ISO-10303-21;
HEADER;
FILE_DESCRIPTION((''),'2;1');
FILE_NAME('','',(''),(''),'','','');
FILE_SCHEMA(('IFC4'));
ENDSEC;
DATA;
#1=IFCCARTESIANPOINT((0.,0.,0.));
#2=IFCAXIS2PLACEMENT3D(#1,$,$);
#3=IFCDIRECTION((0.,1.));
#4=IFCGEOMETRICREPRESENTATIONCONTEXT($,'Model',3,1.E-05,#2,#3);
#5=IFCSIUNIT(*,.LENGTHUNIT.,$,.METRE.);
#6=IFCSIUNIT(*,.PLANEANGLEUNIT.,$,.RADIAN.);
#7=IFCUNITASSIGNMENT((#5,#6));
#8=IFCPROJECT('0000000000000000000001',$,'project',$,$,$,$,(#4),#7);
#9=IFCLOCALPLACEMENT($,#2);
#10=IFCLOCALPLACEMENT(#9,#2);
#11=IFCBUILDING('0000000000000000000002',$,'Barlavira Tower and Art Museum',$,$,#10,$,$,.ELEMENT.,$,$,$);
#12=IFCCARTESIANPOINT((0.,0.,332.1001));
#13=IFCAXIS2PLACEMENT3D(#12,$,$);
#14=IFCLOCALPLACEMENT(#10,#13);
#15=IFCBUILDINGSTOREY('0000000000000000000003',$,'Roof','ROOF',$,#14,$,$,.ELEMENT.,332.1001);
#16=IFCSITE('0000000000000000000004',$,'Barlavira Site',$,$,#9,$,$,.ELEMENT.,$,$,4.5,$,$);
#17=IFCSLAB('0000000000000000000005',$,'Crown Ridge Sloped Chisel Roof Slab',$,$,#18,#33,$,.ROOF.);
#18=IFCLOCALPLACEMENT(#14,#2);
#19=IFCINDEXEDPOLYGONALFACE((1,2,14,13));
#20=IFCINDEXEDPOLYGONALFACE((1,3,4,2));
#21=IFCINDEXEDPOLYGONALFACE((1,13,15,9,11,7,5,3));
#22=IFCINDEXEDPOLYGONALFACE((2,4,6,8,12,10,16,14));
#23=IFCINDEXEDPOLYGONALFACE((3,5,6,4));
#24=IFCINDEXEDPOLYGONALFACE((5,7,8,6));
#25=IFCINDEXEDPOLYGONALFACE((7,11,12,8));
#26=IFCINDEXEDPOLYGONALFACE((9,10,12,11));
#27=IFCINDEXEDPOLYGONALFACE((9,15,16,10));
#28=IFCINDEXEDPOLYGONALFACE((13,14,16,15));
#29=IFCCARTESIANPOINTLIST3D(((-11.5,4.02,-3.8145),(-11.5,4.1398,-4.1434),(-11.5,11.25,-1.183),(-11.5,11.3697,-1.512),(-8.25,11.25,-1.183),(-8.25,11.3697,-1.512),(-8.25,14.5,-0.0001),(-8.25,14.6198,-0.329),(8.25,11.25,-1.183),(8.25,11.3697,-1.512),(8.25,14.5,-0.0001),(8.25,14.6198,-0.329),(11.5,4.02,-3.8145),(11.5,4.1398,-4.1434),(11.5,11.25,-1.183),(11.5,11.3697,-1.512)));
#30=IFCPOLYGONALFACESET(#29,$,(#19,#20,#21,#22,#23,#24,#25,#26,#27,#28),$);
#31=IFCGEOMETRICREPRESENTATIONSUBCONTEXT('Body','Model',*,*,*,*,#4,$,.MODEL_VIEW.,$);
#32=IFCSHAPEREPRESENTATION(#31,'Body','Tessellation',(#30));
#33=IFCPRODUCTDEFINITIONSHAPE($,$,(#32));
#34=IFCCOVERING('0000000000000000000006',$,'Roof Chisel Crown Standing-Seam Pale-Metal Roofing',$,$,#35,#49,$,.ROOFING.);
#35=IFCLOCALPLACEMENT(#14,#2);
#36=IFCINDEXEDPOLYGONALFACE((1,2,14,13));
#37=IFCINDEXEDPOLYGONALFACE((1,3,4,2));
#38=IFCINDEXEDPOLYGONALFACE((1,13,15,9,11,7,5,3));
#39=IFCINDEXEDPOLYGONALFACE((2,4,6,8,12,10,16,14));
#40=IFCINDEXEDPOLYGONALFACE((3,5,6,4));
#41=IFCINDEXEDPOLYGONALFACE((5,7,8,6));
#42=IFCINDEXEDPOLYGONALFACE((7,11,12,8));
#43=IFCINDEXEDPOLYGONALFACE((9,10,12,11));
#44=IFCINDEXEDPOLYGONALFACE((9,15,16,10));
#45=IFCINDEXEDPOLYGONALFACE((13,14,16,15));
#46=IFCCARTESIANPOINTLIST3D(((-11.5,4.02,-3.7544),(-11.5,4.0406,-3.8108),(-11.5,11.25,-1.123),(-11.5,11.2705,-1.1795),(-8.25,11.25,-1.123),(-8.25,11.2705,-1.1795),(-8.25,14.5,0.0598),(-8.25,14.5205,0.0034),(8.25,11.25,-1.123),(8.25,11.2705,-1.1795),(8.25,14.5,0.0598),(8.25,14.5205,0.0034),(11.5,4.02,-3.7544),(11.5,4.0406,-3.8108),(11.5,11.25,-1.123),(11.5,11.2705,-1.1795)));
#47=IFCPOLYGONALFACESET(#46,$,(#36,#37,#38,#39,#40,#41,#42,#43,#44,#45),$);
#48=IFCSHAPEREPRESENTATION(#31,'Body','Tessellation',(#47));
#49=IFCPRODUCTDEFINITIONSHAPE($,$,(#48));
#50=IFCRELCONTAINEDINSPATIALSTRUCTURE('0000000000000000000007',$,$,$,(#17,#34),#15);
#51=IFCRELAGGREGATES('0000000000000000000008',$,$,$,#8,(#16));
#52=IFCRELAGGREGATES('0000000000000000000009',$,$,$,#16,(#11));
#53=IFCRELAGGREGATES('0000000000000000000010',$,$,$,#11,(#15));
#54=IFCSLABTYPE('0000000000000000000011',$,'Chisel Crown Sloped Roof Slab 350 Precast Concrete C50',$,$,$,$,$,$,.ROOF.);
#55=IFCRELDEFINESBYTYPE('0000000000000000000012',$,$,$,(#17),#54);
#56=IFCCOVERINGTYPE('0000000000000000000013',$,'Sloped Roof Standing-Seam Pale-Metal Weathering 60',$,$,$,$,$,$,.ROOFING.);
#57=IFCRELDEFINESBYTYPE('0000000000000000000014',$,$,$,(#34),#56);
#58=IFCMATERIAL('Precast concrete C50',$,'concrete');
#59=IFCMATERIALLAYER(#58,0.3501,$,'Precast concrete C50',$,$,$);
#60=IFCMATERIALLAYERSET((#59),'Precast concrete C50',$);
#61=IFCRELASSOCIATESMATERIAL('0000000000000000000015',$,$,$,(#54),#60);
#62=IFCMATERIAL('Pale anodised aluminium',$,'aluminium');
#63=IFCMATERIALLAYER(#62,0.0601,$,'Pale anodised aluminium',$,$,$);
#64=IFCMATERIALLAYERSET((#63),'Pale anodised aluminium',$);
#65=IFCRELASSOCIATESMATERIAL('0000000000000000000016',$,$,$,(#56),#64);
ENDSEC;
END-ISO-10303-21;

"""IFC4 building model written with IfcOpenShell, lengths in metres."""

from ifc_helpers import new_model, si_unit, direction, frame, origin, place, context, subcontext, project, spatial, polyline, outline, extrude, material, layer, layer_set, type_object, element, save


model = new_model("IFC4")

# Units and contexts
model_context = context("Model", 3, precision=1e-05, world=origin(), true_north=direction((0.0, 1.0)))
body_context = subcontext(model_context, "Body", "Model", "MODEL_VIEW")
ifc_project = project(units=[si_unit("LENGTHUNIT", "METRE"), si_unit("PLANEANGLEUNIT", "RADIAN")], contexts=[model_context])

# Site, building, storey
site_placement = place(None, origin())
site = spatial("IfcSite", under=ifc_project, at=site_placement, Name="Barlavira Site", CompositionType="ELEMENT", RefElevation=4.5)
building_placement = place(site_placement, origin())
building = spatial("IfcBuilding", under=site, at=building_placement, Name="Barlavira Tower and Art Museum", CompositionType="ELEMENT")
storey_placement = place(building_placement, frame((0.0, 0.0, 332.1001)))
storey = spatial("IfcBuildingStorey", under=building, at=storey_placement, Name="Roof", Description="ROOF", CompositionType="ELEMENT", Elevation=332.1001)

# Slab
ifc_material_1 = material(Name="Precast concrete C50", Category="concrete")
ifc_layer_1 = layer(ifc_material_1, 0.3501, Name="Precast concrete C50")
ifc_layer_set_1 = layer_set([ifc_layer_1], Name="Precast concrete C50")
slab_type = type_object("IfcSlabType", Name="Chisel Crown Sloped Roof Slab 350 Precast Concrete C50", PredefinedType="ROOF", material=ifc_layer_set_1)
slab_placement = place(storey_placement, frame((-11.5, 4.02, -3.8145), z_axis=(0.0, -0.34202, 0.939693), x_axis=(1.0, 0.0, 0.0)))
element("IfcSlab", 1, at=slab_placement, inside=storey, type_object=slab_type, Name="Crown Ridge Sloped Chisel Roof Slab", PredefinedType="ROOF", context=body_context, shape_type="SweptSolid", body=[
    extrude(outline(polyline([(0.0, 0.0), (23.0, 0.0), (23.0, 7.6939), (19.75, 7.6939), (19.75, 11.1526), (3.25, 11.1526), (3.25, 7.6939), (0.0, 7.6939), (0.0, 0.0)])), origin(), (0.0, 0.0, -1.0), 0.3501),
])

# Covering
ifc_material_2 = material(Name="Pale anodised aluminium", Category="aluminium")
ifc_layer_2 = layer(ifc_material_2, 0.0601, Name="Pale anodised aluminium")
ifc_layer_set_2 = layer_set([ifc_layer_2], Name="Pale anodised aluminium")
covering_type = type_object("IfcCoveringType", Name="Sloped Roof Standing-Seam Pale-Metal Weathering 60", PredefinedType="ROOFING", material=ifc_layer_set_2)
covering_placement = place(storey_placement, frame((-11.5, 4.02, -3.7544), z_axis=(0.0, -0.342005, 0.939698), x_axis=(1.0, 0.0, 0.0)))
element("IfcCovering", 2, at=covering_placement, inside=storey, type_object=covering_type, Name="Roof Chisel Crown Standing-Seam Pale-Metal Roofing", PredefinedType="ROOFING", context=body_context, shape_type="SweptSolid", body=[
    extrude(outline(polyline([(0.0, 0.0), (23.0, 0.0), (23.0, 7.6939), (19.75, 7.6939), (19.75, 11.1525), (3.25, 11.1525), (3.25, 7.6939), (0.0, 7.6939), (0.0, 0.0)])), origin(), (0.0, 0.0, -1.0), 0.0601),
])

save(model, "model.ifc")
